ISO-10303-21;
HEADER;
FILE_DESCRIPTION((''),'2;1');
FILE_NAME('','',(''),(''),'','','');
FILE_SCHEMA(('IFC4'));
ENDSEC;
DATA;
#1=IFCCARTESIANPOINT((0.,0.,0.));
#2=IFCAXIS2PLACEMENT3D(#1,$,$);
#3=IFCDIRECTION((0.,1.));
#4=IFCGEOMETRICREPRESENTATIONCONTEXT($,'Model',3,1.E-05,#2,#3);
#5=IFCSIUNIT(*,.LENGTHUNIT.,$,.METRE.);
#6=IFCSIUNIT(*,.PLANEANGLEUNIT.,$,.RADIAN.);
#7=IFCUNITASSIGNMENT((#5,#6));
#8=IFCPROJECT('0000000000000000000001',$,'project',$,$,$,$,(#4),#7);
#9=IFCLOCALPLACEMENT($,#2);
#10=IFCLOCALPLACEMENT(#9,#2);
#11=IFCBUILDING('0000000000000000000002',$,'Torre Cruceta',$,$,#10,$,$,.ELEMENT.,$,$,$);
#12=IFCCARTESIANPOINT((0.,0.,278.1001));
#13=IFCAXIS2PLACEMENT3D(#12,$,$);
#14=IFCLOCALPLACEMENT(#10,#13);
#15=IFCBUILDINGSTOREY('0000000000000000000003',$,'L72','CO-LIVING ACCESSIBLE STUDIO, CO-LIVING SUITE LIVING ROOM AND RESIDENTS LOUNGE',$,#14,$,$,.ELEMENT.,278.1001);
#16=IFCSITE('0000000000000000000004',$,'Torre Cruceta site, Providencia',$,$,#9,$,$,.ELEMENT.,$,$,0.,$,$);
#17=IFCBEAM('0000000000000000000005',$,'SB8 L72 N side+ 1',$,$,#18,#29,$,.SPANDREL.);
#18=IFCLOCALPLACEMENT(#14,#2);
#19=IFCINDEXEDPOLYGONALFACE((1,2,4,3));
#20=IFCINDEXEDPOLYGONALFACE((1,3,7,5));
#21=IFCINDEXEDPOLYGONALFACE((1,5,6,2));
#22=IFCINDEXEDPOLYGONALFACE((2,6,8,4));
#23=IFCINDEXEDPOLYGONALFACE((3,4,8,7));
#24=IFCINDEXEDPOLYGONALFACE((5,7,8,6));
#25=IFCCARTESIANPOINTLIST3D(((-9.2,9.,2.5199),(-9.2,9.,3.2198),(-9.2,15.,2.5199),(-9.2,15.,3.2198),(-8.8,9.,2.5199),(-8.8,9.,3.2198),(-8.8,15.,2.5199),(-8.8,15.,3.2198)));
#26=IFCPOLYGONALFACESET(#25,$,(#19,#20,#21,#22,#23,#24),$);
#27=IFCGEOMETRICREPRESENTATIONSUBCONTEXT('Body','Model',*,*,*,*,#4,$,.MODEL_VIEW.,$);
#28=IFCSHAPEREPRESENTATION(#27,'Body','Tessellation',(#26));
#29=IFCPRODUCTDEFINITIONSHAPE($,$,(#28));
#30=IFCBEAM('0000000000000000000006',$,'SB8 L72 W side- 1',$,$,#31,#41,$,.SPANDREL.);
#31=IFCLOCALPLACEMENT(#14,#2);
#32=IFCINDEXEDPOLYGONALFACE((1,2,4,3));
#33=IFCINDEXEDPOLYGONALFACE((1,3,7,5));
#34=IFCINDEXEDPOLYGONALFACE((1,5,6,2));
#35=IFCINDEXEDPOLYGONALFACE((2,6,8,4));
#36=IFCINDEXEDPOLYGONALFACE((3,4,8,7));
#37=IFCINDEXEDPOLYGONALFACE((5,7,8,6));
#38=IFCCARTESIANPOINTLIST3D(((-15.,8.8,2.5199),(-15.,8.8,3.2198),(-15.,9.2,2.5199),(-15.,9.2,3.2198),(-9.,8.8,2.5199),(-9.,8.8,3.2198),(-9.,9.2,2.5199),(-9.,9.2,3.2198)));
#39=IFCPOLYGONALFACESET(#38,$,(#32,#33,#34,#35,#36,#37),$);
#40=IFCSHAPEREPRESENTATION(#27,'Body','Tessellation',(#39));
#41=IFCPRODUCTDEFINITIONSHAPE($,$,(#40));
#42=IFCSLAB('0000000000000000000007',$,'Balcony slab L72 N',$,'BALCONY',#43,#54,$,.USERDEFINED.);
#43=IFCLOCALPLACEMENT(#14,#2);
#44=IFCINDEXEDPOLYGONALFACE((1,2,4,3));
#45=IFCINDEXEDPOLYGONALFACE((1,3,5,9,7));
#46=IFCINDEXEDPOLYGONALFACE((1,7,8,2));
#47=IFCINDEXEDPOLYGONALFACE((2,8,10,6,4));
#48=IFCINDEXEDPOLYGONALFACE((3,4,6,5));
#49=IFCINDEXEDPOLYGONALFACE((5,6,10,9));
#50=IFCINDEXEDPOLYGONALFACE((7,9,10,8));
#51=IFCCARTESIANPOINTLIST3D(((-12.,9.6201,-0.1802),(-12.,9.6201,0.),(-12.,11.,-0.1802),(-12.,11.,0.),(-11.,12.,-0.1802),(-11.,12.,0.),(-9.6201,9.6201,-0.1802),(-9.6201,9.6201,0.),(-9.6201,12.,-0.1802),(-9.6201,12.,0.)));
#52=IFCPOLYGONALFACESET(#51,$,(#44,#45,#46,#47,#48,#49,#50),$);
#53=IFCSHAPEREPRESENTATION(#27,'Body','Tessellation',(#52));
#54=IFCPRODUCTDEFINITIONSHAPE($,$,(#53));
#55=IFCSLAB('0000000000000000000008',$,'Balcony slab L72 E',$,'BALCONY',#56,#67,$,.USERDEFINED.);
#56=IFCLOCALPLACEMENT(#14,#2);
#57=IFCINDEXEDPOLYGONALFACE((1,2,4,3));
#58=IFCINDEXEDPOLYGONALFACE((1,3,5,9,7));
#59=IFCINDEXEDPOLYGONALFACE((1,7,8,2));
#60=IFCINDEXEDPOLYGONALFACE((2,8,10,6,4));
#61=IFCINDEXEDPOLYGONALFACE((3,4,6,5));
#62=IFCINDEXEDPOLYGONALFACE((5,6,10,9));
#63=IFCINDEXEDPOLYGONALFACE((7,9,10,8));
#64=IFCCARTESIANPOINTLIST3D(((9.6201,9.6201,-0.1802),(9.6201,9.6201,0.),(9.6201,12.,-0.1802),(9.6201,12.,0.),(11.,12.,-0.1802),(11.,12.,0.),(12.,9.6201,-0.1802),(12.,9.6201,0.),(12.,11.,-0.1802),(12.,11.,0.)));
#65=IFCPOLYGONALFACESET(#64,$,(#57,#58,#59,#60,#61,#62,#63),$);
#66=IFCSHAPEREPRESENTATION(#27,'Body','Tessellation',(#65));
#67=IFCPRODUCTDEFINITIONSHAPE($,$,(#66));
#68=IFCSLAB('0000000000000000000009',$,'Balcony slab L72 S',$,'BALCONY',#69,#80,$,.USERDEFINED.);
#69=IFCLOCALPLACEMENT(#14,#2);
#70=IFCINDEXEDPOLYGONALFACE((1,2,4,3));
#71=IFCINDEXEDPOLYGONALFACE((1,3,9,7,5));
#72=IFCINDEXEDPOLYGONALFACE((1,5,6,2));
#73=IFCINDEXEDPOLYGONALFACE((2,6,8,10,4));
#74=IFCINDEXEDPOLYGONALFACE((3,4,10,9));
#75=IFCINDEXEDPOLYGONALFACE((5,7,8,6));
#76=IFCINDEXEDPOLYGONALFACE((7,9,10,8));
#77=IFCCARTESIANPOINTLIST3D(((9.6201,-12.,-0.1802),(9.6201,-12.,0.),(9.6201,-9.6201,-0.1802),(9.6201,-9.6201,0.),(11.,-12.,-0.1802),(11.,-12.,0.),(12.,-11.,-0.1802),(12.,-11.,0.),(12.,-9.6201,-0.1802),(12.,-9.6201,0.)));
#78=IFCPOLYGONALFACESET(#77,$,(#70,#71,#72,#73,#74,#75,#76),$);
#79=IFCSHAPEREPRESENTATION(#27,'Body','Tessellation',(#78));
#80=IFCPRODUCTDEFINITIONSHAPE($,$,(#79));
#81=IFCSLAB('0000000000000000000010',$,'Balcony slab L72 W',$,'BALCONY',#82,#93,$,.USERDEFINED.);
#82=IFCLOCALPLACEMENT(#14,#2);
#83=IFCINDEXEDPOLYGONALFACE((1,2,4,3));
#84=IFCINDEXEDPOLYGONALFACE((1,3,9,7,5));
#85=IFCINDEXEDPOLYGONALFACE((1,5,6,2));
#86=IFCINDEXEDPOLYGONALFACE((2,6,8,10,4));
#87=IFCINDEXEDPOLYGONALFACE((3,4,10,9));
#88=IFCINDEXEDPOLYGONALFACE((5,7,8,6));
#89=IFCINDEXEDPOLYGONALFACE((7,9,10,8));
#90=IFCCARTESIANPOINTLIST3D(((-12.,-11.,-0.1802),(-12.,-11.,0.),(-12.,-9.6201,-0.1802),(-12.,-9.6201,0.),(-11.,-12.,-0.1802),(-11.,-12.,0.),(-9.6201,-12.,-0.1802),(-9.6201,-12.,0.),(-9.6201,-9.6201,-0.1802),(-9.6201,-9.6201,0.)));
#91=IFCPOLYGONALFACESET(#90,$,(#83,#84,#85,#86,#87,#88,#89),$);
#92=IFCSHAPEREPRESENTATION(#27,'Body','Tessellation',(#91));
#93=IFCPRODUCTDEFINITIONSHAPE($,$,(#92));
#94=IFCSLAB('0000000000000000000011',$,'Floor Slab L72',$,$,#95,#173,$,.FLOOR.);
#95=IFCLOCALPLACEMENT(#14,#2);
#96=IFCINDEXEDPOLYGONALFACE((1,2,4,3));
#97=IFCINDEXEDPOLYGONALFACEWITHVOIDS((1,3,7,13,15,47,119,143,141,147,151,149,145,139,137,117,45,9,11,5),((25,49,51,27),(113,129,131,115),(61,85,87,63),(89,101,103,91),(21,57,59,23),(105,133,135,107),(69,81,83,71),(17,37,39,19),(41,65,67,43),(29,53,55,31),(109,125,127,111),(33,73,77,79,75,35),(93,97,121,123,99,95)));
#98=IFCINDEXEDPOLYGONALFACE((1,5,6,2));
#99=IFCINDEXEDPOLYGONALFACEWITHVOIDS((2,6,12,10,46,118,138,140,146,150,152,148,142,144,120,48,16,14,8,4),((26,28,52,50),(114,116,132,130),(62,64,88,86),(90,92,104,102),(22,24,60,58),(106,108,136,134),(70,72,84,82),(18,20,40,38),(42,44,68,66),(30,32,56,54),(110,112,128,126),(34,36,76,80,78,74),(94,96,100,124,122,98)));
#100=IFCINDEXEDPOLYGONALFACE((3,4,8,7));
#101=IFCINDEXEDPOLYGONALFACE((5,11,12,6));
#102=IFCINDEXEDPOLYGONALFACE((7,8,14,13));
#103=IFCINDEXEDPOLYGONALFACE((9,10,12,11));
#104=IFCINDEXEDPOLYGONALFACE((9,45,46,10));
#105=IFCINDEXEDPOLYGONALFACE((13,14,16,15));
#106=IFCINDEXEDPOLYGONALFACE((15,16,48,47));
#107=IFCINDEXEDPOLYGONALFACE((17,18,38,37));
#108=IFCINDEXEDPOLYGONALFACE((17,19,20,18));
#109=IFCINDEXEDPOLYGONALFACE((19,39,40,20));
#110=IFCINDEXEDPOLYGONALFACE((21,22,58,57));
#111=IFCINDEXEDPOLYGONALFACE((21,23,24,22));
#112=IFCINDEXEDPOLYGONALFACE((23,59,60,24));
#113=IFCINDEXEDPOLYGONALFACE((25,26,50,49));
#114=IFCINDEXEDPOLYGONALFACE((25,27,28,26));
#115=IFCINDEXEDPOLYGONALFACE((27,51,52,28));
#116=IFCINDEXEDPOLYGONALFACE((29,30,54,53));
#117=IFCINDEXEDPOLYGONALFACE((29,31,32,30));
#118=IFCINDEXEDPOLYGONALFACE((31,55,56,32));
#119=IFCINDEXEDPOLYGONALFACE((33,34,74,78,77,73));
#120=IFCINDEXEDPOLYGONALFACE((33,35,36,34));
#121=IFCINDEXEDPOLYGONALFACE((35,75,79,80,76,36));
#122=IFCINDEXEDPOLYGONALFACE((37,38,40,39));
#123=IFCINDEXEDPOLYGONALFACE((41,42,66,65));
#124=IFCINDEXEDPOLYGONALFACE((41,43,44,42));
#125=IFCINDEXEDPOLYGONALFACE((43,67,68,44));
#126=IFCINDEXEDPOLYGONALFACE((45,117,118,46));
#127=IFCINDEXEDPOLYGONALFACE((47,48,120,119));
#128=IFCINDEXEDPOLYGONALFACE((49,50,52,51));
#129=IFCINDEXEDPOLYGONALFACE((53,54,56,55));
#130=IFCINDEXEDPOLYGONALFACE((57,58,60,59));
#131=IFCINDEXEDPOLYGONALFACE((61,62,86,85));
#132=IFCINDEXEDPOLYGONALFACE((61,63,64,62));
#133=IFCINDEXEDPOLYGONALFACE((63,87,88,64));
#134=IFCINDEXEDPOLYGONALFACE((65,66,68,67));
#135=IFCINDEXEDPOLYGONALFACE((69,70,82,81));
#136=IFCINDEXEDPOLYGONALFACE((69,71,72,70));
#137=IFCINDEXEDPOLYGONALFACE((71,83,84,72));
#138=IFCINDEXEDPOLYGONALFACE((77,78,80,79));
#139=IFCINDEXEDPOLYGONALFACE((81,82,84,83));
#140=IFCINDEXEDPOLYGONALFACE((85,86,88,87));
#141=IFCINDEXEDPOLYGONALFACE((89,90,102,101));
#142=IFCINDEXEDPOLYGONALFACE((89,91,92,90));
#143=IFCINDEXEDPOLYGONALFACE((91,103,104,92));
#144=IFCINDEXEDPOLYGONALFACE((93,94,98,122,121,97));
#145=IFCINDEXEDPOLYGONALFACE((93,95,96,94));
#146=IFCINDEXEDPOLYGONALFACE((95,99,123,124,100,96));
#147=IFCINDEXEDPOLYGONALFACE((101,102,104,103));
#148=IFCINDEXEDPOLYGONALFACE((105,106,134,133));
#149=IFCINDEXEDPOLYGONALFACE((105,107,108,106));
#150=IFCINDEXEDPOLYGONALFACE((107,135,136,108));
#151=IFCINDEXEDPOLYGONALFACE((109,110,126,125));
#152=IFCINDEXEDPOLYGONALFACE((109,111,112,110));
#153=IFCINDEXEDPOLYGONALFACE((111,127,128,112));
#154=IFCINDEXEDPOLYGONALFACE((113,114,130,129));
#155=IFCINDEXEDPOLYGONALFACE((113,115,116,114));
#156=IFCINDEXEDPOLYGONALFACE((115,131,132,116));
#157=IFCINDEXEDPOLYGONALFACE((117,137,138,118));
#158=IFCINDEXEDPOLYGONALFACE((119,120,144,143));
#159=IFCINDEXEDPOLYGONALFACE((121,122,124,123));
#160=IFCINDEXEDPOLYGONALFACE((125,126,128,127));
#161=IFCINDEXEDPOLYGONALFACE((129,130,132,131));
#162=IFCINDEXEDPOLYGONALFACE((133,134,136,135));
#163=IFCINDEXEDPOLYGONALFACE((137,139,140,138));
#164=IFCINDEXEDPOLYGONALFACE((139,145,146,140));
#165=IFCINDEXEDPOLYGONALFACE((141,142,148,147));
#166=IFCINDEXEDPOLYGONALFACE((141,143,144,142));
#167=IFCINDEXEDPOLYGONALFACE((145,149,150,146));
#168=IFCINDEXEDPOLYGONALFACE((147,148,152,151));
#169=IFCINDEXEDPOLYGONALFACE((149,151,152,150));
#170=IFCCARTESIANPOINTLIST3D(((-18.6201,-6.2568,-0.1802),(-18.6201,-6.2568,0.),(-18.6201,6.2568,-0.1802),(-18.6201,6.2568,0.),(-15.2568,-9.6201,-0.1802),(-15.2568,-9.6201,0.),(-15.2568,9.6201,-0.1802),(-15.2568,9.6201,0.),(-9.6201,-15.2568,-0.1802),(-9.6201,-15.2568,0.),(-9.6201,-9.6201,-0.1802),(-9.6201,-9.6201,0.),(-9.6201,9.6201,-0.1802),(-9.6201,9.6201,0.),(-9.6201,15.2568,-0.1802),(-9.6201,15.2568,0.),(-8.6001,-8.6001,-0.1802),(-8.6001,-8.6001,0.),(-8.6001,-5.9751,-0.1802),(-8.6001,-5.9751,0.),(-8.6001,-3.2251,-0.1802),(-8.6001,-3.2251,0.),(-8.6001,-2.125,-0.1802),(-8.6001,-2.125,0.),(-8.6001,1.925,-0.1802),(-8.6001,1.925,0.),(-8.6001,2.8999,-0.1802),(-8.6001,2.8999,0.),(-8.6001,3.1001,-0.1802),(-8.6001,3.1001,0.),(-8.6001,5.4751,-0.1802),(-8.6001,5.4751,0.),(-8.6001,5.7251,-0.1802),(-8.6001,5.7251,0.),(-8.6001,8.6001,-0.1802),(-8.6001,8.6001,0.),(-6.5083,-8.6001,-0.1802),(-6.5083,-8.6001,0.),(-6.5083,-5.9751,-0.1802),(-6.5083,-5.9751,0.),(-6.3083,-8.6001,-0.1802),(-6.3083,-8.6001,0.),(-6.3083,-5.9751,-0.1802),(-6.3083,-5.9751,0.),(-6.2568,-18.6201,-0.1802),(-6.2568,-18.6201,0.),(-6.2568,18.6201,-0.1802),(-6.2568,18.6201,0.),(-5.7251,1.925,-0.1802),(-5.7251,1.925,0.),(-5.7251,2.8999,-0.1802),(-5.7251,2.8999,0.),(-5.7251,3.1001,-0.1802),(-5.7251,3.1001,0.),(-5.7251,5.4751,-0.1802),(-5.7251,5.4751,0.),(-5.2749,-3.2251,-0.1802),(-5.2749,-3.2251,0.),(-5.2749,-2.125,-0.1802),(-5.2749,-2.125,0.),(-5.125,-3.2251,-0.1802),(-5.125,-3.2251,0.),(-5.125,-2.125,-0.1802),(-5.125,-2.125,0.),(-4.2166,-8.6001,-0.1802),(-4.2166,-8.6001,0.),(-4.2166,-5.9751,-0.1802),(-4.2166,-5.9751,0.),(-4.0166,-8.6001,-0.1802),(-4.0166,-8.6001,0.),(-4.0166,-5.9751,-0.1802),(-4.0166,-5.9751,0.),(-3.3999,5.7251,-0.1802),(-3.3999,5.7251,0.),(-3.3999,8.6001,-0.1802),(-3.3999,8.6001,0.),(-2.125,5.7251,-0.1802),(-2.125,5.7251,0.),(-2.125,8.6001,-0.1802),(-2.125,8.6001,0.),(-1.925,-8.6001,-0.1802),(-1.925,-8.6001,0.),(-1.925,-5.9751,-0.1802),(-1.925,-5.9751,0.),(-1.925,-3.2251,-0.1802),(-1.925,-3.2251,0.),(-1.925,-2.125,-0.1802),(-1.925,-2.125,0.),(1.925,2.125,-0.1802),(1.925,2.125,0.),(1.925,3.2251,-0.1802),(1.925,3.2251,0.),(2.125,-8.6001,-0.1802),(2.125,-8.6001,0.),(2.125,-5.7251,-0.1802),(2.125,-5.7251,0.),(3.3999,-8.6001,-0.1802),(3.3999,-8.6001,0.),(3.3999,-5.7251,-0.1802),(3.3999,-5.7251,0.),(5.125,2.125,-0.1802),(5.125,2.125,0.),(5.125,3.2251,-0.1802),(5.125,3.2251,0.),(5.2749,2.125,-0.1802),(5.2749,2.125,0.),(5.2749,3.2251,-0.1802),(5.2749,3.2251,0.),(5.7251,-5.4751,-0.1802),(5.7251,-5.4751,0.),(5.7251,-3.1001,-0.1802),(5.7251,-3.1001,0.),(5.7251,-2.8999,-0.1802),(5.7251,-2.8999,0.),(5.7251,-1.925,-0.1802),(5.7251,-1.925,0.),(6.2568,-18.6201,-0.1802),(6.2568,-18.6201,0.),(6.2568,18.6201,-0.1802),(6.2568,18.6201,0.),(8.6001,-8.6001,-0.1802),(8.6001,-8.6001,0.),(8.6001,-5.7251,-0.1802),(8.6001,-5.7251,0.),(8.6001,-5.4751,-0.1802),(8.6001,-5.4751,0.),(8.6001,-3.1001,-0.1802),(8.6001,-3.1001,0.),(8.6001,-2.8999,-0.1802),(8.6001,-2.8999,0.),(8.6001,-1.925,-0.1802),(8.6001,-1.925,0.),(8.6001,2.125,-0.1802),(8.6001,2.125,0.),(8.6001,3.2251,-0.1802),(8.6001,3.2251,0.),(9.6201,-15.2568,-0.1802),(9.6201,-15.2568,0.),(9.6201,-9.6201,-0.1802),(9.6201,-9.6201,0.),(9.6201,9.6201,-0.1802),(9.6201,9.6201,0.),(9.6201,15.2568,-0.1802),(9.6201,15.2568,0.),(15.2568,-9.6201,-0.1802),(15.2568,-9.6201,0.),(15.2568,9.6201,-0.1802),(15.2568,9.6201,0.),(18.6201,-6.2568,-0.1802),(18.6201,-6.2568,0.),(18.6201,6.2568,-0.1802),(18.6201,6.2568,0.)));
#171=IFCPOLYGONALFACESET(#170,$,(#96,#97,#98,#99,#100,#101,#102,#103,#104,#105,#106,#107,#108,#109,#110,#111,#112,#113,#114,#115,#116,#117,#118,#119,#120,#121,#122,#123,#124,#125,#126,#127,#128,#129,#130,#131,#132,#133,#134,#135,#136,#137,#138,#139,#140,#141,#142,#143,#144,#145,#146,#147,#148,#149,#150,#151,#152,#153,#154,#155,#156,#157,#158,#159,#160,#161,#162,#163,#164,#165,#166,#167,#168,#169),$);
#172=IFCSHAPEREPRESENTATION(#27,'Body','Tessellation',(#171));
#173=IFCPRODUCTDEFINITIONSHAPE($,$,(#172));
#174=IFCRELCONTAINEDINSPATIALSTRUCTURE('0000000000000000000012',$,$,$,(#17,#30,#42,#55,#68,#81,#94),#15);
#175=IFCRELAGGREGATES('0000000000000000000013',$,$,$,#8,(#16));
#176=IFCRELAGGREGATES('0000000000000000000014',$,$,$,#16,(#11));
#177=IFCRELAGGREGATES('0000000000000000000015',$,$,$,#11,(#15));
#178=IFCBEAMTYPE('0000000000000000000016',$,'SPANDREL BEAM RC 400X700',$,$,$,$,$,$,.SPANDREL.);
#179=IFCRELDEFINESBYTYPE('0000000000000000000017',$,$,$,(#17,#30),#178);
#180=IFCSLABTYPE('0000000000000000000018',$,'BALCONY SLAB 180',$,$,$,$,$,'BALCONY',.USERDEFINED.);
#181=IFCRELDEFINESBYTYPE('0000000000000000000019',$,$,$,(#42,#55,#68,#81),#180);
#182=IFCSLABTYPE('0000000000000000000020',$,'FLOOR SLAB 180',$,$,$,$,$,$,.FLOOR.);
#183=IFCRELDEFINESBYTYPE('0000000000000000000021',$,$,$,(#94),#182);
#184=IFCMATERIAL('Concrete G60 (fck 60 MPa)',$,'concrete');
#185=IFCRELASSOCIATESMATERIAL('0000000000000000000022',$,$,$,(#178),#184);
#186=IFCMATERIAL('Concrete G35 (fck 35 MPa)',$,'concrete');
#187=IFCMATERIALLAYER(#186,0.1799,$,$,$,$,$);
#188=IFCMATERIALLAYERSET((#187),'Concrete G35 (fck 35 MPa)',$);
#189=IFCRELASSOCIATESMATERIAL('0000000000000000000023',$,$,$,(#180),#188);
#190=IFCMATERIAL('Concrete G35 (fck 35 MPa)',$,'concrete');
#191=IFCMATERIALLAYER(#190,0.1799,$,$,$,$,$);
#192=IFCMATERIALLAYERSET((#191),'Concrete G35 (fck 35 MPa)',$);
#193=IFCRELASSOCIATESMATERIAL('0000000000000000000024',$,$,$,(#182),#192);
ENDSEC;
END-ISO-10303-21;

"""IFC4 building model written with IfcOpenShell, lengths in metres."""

from ifc_helpers import new_model, si_unit, direction, frame, origin, origin_2d, place, context, subcontext, project, spatial, polyline, rectangle, outline, extrude, material, layer, layer_set, material_profile, profile_set, type_object, element, save


model = new_model("IFC4")

# Units and contexts
model_context = context("Model", 3, precision=1e-05, world=origin(), true_north=direction((0.0, 1.0)))
body_context = subcontext(model_context, "Body", "Model", "MODEL_VIEW")
ifc_project = project(units=[si_unit("LENGTHUNIT", "METRE"), si_unit("PLANEANGLEUNIT", "RADIAN")], contexts=[model_context])

# Site, building, storey
site_placement = place(None, origin())
site = spatial("IfcSite", under=ifc_project, at=site_placement, Name="Torre Cruceta site, Providencia", CompositionType="ELEMENT", RefElevation=0.0)
building_placement = place(site_placement, origin())
building = spatial("IfcBuilding", under=site, at=building_placement, Name="Torre Cruceta", CompositionType="ELEMENT")
storey_placement = place(building_placement, frame((0.0, 0.0, 278.1001)))
storey = spatial("IfcBuildingStorey", under=building, at=storey_placement, Name="L72", Description="CO-LIVING ACCESSIBLE STUDIO, CO-LIVING SUITE LIVING ROOM AND RESIDENTS LOUNGE", CompositionType="ELEMENT", Elevation=278.1001)

# Beams
ifc_material_1 = material(Name="Concrete G60 (fck 60 MPa)", Category="concrete")
ifc_material_profile = material_profile(ifc_material_1, rectangle(XDim=0.3999, YDim=0.7, at=origin_2d()), Name="RC 400X700")
ifc_profile_set = profile_set([ifc_material_profile], Name="Concrete G60 (fck 60 MPa)")
beam_type = type_object("IfcBeamType", Name="SPANDREL BEAM RC 400X700", PredefinedType="SPANDREL", material=ifc_profile_set)
for number, where, z_axis, x_axis, name in (
    (1, (-9.0, 9.0, 2.8699), (0.0, 1.0, 0.0), (-1.0, 0.0, 0.0), "SB8 L72 N side+ 1"),
    (2, (-9.0, 9.0, 2.8699), (-1.0, 0.0, 0.0), (0.0, -1.0, 0.0), "SB8 L72 W side- 1"),
):
    element("IfcBeam", number, at=place(storey_placement, frame(where, z_axis=z_axis, x_axis=x_axis)), inside=storey, type_object=beam_type, Name=name, PredefinedType="SPANDREL", context=body_context, shape_type="SweptSolid", body=[
        extrude(rectangle(XDim=0.3999, YDim=0.7, at=origin_2d()), origin(), (0.0, 0.0, 1.0), 6.0),
    ])

# Slabs
ifc_material_2 = material(Name="Concrete G35 (fck 35 MPa)", Category="concrete")
ifc_layer_1 = layer(ifc_material_2, 0.1799)
ifc_layer_set_1 = layer_set([ifc_layer_1], Name="Concrete G35 (fck 35 MPa)")
slab_type_1 = type_object("IfcSlabType", Name="BALCONY SLAB 180", ElementType="BALCONY", PredefinedType="USERDEFINED", material=ifc_layer_set_1)
slab_1_placement = place(storey_placement, frame((0.0, 0.0, -0.1802)))
element("IfcSlab", 3, at=slab_1_placement, inside=storey, type_object=slab_type_1, Name="Balcony slab L72 N", ObjectType="BALCONY", PredefinedType="USERDEFINED", context=body_context, shape_type="SweptSolid", body=[
    extrude(outline(polyline([(-12.0, 11.0), (-11.0, 12.0), (-9.6201, 12.0), (-9.6201, 9.6201), (-12.0, 9.6201), (-12.0, 11.0)])), origin(), (0.0, 0.0, 1.0), 0.1802),
])
slab_2_placement = place(storey_placement, frame((0.0, 0.0, -0.1802)))
element("IfcSlab", 4, at=slab_2_placement, inside=storey, type_object=slab_type_1, Name="Balcony slab L72 E", ObjectType="BALCONY", PredefinedType="USERDEFINED", context=body_context, shape_type="SweptSolid", body=[
    extrude(outline(polyline([(11.0, 12.0), (12.0, 11.0), (12.0, 9.6201), (9.6201, 9.6201), (9.6201, 12.0), (11.0, 12.0)])), origin(), (0.0, 0.0, 1.0), 0.1802),
])
slab_3_placement = place(storey_placement, frame((0.0, 0.0, -0.1802)))
element("IfcSlab", 5, at=slab_3_placement, inside=storey, type_object=slab_type_1, Name="Balcony slab L72 S", ObjectType="BALCONY", PredefinedType="USERDEFINED", context=body_context, shape_type="SweptSolid", body=[
    extrude(outline(polyline([(12.0, -11.0), (11.0, -12.0), (9.6201, -12.0), (9.6201, -9.6201), (12.0, -9.6201), (12.0, -11.0)])), origin(), (0.0, 0.0, 1.0), 0.1802),
])
slab_4_placement = place(storey_placement, frame((0.0, 0.0, -0.1802)))
element("IfcSlab", 6, at=slab_4_placement, inside=storey, type_object=slab_type_1, Name="Balcony slab L72 W", ObjectType="BALCONY", PredefinedType="USERDEFINED", context=body_context, shape_type="SweptSolid", body=[
    extrude(outline(polyline([(-11.0, -12.0), (-12.0, -11.0), (-12.0, -9.6201), (-9.6201, -9.6201), (-9.6201, -12.0), (-11.0, -12.0)])), origin(), (0.0, 0.0, 1.0), 0.1802),
])
ifc_material_3 = material(Name="Concrete G35 (fck 35 MPa)", Category="concrete")
ifc_layer_2 = layer(ifc_material_3, 0.1799)
ifc_layer_set_2 = layer_set([ifc_layer_2], Name="Concrete G35 (fck 35 MPa)")
slab_type_2 = type_object("IfcSlabType", Name="FLOOR SLAB 180", PredefinedType="FLOOR", material=ifc_layer_set_2)
slab_5_placement = place(storey_placement, frame((0.0, 0.0, -0.1802)))
element("IfcSlab", 7, at=slab_5_placement, inside=storey, type_object=slab_type_2, Name="Floor Slab L72", PredefinedType="FLOOR", context=body_context, shape_type="SweptSolid", body=[
    extrude(outline(polyline([(9.6201, -9.6201), (9.6201, -15.2568), (6.2568, -18.6201), (-6.2568, -18.6201), (-9.6201, -15.2568), (-9.6201, -9.6201), (-15.2568, -9.6201), (-18.6201, -6.2568), (-18.6201, 6.2568), (-15.2568, 9.6201), (-9.6201, 9.6201), (-9.6201, 15.2568), (-6.2568, 18.6201), (6.2568, 18.6201), (9.6201, 15.2568), (9.6201, 9.6201), (15.2568, 9.6201), (18.6201, 6.2568), (18.6201, -6.2568), (15.2568, -9.6201), (9.6201, -9.6201)]), holes=[polyline([(1.925, 2.125), (5.125, 2.125), (5.125, 3.2251), (1.925, 3.2251), (1.925, 2.125)]), polyline([(5.2749, 2.125), (8.6001, 2.125), (8.6001, 3.2251), (5.2749, 3.2251), (5.2749, 2.125)]), polyline([(-8.6001, 3.1001), (-5.7251, 3.1001), (-5.7251, 5.4751), (-8.6001, 5.4751), (-8.6001, 3.1001)]), polyline([(-8.6001, 1.925), (-5.7251, 1.925), (-5.7251, 2.8999), (-8.6001, 2.8999), (-8.6001, 1.925)]), polyline([(-4.0166, -8.6001), (-1.925, -8.6001), (-1.925, -5.9751), (-4.0166, -5.9751), (-4.0166, -8.6001)]), polyline([(-6.3083, -8.6001), (-4.2166, -8.6001), (-4.2166, -5.9751), (-6.3083, -5.9751), (-6.3083, -8.6001)]), polyline([(-8.6001, -8.6001), (-6.5083, -8.6001), (-6.5083, -5.9751), (-8.6001, -5.9751), (-8.6001, -8.6001)]), polyline([(-5.125, -3.2251), (-1.925, -3.2251), (-1.925, -2.125), (-5.125, -2.125), (-5.125, -3.2251)]), polyline([(-8.6001, -3.2251), (-5.2749, -3.2251), (-5.2749, -2.125), (-8.6001, -2.125), (-8.6001, -3.2251)]), polyline([(5.7251, -5.4751), (8.6001, -5.4751), (8.6001, -3.1001), (5.7251, -3.1001), (5.7251, -5.4751)]), polyline([(5.7251, -2.8999), (8.6001, -2.8999), (8.6001, -1.925), (5.7251, -1.925), (5.7251, -2.8999)]), polyline([(-8.6001, 5.7251), (-8.6001, 8.6001), (-3.3999, 8.6001), (-2.125, 8.6001), (-2.125, 5.7251), (-3.3999, 5.7251), (-8.6001, 5.7251)]), polyline([(2.125, -5.7251), (3.3999, -5.7251), (8.6001, -5.7251), (8.6001, -8.6001), (3.3999, -8.6001), (2.125, -8.6001), (2.125, -5.7251)])]), origin(), (0.0, 0.0, 1.0), 0.1802),
])

save(model, "model.ifc")
